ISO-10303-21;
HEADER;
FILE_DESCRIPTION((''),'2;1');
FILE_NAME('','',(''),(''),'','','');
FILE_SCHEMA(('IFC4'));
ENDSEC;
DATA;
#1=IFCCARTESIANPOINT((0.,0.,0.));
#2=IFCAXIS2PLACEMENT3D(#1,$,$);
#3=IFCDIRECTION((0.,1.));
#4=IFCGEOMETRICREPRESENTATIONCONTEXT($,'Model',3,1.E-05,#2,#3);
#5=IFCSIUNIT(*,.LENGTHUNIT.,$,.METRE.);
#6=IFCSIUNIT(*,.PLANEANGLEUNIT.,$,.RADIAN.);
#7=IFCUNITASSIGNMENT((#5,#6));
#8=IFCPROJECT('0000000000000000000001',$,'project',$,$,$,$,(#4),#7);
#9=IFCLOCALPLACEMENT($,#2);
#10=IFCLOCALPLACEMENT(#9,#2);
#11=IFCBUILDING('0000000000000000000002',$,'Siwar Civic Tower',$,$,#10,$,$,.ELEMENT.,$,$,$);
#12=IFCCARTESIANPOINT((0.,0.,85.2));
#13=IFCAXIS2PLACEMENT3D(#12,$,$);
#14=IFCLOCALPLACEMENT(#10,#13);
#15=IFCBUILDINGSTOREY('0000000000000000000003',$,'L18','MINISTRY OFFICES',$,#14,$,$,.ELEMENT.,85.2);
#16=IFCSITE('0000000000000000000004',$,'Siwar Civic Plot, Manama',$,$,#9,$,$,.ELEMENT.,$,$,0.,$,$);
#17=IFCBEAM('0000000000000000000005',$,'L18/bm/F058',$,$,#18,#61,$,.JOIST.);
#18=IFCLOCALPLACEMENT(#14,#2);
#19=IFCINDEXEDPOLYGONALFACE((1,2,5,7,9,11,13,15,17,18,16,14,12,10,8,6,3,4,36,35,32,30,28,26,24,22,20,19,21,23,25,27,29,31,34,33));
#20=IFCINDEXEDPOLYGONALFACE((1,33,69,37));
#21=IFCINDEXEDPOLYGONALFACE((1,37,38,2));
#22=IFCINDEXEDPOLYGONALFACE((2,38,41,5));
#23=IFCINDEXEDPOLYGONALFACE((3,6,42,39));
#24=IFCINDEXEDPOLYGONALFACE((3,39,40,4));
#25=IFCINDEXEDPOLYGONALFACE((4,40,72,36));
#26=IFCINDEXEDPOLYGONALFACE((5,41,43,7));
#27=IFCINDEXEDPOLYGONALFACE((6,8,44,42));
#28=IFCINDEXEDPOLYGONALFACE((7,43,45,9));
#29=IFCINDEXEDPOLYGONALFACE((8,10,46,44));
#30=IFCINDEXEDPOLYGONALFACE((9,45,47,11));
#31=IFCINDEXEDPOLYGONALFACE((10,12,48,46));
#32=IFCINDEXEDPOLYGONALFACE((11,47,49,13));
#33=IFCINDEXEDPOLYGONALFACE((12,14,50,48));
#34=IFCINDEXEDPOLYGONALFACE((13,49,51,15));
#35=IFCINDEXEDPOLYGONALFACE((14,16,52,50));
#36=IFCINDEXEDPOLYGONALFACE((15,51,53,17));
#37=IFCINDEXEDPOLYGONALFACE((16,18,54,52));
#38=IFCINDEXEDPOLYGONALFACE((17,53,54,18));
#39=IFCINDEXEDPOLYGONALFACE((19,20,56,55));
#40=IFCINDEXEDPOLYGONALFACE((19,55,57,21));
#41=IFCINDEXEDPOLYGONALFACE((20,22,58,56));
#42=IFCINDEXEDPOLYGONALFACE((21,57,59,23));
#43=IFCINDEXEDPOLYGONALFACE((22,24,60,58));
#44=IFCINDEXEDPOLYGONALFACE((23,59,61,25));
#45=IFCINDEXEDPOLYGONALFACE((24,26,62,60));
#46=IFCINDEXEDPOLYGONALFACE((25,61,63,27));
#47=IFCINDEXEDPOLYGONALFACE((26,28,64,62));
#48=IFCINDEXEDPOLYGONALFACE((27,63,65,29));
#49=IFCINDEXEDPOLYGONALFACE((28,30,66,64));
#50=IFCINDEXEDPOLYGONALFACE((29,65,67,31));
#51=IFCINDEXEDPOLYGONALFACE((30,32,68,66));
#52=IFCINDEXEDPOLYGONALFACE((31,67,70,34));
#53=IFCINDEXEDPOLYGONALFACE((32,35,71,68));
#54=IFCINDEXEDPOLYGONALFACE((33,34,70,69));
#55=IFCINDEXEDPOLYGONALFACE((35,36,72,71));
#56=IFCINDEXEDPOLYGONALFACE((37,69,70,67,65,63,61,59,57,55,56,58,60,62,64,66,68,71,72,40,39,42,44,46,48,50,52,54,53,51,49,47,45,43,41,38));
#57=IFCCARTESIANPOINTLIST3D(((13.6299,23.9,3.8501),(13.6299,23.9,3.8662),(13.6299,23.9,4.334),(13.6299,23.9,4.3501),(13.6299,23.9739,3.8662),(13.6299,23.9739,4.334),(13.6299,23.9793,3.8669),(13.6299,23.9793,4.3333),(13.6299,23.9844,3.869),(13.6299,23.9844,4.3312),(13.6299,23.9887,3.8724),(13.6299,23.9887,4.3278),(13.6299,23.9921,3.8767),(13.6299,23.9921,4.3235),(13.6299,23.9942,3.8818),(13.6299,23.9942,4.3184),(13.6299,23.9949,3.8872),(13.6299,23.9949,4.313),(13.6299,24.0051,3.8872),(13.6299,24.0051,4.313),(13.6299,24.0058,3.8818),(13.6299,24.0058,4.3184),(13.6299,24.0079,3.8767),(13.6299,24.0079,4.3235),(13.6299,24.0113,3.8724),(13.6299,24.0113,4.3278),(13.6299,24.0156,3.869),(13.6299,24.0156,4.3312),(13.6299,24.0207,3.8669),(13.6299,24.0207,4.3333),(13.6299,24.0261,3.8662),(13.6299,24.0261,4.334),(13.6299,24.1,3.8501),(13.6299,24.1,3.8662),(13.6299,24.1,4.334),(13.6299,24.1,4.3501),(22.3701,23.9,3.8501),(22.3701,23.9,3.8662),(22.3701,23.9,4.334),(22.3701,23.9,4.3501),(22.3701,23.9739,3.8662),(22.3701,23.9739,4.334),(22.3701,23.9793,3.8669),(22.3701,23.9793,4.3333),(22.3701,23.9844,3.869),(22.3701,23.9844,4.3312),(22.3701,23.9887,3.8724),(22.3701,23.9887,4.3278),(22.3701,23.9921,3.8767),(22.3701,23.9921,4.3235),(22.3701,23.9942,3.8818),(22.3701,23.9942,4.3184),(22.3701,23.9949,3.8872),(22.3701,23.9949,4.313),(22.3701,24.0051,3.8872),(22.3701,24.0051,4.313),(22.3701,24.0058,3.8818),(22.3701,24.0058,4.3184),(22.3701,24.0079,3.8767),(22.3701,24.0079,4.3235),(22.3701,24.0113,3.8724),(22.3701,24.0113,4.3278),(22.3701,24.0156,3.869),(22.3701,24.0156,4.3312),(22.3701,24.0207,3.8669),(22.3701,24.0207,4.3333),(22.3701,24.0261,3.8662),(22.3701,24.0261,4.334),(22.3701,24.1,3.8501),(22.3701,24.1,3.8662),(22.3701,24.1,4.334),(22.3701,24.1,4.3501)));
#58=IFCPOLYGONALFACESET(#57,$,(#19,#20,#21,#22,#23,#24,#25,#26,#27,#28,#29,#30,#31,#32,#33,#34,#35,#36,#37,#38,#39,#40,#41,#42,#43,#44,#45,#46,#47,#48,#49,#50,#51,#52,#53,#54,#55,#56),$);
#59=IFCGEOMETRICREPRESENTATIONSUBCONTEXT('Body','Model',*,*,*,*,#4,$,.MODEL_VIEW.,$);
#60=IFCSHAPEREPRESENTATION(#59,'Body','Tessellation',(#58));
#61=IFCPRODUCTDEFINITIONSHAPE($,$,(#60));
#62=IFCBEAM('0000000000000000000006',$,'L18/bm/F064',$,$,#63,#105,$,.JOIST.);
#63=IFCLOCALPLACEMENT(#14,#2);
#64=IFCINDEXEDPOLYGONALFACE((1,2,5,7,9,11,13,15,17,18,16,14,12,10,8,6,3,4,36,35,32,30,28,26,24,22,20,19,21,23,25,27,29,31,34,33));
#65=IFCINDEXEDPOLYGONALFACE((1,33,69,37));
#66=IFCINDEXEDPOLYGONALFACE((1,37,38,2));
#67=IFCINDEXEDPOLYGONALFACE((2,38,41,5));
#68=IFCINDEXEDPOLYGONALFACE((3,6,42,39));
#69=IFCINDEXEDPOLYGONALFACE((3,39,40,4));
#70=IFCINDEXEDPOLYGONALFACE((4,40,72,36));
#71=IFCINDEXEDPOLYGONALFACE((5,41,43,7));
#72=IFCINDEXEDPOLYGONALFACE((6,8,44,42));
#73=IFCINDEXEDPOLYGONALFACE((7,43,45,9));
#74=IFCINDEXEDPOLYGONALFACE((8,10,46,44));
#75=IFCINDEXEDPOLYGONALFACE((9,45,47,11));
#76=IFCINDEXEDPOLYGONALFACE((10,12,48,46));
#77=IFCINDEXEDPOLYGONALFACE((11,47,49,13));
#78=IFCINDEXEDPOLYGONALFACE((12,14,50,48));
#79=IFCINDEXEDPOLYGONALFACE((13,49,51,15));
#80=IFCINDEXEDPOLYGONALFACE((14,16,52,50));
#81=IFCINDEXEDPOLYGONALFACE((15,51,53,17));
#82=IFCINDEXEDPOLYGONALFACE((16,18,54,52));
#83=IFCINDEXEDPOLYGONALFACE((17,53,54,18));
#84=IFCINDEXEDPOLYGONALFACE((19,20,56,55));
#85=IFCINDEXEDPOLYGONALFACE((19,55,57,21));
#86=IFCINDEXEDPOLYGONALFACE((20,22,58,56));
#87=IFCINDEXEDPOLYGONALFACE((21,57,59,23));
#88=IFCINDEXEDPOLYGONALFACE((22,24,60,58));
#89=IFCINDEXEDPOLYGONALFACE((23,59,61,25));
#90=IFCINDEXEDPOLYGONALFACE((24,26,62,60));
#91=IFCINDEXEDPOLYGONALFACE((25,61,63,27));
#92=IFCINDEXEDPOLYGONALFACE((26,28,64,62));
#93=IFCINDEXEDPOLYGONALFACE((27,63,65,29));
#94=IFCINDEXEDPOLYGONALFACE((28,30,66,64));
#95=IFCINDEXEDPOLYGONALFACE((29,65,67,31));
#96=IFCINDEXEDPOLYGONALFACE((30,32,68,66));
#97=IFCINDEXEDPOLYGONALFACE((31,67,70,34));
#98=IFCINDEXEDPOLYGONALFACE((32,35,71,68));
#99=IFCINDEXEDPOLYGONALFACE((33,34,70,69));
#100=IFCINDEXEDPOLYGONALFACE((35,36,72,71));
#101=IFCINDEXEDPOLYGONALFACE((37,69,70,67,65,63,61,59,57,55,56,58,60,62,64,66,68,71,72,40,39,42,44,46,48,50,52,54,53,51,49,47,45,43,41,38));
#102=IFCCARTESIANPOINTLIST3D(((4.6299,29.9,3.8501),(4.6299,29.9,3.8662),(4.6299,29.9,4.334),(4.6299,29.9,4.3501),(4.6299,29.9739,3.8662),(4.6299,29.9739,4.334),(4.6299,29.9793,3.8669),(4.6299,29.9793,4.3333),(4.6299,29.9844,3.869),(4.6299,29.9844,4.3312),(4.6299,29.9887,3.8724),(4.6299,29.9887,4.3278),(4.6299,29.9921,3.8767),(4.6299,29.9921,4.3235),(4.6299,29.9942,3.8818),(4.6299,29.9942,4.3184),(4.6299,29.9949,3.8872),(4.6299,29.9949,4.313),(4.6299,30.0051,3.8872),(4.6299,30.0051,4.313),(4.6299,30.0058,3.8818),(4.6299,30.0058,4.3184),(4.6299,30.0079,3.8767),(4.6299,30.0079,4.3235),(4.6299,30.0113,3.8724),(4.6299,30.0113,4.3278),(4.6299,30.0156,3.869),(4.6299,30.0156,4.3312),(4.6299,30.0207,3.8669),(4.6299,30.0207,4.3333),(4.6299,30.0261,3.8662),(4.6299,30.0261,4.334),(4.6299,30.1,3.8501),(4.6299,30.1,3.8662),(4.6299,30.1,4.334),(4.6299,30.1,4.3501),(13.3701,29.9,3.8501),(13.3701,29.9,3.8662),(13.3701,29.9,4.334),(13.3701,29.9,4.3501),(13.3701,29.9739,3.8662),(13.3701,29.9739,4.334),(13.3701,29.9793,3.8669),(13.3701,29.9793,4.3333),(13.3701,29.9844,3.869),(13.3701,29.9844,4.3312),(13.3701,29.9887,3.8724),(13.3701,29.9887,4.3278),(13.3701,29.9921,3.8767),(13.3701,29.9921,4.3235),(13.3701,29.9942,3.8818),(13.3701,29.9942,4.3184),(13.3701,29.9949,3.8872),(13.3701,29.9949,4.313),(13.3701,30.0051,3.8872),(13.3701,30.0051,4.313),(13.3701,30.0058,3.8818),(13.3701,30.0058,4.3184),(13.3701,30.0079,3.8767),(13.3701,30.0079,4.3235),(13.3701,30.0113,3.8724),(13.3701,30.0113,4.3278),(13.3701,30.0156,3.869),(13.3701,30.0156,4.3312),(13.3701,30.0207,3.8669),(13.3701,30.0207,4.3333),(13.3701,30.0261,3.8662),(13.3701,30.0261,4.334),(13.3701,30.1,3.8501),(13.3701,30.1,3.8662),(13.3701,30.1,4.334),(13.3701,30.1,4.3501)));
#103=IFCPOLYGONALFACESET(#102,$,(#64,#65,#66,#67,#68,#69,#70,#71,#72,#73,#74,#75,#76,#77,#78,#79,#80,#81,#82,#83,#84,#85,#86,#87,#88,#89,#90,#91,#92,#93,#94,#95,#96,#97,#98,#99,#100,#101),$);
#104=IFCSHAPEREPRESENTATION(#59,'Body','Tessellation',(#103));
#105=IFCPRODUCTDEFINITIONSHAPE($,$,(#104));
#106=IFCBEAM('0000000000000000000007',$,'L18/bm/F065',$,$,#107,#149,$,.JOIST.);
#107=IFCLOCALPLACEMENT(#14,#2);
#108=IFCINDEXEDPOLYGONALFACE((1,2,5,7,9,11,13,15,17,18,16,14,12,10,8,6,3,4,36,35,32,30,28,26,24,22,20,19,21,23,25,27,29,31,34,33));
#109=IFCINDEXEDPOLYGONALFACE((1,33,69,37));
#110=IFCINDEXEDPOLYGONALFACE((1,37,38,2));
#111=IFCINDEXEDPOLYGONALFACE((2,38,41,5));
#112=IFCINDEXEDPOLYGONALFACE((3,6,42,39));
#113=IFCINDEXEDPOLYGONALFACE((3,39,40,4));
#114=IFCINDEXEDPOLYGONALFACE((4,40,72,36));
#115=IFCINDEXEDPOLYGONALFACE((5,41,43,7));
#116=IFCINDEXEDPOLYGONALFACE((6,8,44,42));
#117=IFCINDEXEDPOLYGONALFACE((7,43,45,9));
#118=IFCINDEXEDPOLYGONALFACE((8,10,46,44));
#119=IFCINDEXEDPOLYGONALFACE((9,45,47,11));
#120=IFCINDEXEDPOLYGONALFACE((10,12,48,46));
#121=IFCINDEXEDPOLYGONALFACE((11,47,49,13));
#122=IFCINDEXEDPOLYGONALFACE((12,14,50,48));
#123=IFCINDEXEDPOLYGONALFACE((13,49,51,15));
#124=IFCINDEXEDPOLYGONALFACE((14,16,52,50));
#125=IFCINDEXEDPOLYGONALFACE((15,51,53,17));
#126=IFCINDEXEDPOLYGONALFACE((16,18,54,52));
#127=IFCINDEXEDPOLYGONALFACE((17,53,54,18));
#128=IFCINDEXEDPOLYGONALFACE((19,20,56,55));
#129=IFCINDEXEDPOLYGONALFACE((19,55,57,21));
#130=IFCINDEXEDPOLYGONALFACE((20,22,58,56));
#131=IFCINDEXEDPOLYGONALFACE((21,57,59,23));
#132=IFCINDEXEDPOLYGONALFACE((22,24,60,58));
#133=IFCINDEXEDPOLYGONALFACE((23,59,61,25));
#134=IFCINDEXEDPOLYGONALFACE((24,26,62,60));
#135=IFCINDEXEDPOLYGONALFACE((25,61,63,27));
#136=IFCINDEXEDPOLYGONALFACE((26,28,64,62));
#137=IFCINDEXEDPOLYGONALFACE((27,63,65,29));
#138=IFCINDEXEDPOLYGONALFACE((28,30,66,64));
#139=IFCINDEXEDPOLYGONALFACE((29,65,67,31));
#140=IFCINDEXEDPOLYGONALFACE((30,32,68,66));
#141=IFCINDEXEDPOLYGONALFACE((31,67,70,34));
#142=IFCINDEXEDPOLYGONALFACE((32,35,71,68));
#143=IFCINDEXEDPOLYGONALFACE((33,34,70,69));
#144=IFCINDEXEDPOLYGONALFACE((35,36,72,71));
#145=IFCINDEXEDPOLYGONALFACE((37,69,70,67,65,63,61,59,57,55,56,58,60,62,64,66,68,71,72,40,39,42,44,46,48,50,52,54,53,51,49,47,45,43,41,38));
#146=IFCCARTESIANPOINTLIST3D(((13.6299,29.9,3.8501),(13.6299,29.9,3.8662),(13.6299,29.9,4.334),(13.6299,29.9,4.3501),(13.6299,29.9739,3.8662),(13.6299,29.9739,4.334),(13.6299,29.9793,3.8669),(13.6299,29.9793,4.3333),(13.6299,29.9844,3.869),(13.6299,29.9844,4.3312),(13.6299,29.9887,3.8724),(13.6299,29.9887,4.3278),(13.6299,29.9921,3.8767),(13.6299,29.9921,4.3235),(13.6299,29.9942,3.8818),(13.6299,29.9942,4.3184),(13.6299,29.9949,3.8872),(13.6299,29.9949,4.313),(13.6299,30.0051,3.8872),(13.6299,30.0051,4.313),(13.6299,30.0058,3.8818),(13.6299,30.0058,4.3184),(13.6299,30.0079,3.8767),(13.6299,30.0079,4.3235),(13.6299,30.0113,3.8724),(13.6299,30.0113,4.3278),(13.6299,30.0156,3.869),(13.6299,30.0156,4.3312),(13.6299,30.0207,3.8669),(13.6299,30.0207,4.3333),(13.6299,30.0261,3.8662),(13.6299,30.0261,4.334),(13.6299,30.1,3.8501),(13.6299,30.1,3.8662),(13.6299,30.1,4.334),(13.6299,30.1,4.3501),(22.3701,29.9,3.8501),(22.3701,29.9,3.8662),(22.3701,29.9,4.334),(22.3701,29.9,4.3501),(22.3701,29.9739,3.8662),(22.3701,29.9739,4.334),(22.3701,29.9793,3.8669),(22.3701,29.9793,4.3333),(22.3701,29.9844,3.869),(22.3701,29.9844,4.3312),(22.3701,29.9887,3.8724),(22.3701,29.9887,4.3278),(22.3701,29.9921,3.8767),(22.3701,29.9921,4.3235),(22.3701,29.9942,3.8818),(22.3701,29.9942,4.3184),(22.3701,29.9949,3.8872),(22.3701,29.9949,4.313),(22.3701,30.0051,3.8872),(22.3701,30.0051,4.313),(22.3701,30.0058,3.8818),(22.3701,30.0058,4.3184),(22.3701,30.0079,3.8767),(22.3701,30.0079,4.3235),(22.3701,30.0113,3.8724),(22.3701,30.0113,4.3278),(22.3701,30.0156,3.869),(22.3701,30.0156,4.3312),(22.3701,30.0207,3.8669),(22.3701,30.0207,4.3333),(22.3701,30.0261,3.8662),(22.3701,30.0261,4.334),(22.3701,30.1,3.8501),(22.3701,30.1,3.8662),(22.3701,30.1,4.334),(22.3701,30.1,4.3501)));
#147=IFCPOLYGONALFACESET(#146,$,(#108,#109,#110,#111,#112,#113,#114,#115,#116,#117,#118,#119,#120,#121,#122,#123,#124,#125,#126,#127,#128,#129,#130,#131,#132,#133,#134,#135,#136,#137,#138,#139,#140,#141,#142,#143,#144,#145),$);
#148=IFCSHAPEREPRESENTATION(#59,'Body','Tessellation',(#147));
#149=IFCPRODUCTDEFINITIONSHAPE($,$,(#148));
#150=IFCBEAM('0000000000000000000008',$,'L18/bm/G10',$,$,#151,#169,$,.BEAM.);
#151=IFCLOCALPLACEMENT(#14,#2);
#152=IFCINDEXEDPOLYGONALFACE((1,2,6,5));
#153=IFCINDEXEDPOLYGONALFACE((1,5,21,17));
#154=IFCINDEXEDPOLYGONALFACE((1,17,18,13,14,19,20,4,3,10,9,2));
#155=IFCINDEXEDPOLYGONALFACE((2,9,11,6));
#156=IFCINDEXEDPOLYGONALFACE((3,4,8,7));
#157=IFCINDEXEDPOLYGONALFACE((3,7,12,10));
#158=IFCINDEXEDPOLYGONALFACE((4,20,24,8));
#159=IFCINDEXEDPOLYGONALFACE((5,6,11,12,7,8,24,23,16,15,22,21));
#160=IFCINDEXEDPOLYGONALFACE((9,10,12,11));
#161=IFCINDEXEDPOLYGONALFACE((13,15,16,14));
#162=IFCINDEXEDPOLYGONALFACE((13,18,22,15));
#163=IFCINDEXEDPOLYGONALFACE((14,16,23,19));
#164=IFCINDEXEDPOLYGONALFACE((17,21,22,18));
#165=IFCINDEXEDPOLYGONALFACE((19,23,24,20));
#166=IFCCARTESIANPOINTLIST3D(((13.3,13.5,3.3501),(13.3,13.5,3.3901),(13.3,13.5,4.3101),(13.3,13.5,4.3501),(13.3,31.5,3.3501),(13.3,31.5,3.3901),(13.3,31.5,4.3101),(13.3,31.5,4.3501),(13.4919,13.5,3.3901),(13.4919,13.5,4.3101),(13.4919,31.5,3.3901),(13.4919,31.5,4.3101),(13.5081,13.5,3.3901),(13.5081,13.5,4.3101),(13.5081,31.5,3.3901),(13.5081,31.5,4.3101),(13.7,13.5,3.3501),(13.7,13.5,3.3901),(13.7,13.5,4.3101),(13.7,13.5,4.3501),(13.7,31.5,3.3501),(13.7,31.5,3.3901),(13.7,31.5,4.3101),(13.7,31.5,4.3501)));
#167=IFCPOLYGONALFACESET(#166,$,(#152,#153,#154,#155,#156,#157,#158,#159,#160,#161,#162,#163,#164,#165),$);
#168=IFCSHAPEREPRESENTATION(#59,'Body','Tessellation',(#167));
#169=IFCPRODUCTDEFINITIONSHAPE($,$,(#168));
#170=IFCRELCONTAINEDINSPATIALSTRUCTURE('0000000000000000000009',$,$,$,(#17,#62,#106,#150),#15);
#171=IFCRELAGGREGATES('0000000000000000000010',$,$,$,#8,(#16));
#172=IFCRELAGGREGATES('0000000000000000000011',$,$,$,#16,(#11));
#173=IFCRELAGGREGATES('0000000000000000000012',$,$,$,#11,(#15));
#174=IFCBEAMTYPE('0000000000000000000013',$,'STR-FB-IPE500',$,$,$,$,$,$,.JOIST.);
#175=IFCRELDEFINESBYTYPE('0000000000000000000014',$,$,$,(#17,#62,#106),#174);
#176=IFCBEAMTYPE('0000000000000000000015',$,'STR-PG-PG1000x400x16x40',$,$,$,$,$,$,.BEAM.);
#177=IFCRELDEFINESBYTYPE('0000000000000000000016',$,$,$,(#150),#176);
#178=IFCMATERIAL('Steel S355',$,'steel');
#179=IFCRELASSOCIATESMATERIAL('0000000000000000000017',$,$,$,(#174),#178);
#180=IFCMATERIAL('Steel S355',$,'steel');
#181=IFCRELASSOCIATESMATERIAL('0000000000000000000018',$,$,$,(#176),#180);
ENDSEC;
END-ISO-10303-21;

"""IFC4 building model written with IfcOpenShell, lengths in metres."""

from ifc_helpers import new_model, si_unit, direction, frame, origin, origin_2d, place, context, subcontext, project, spatial, i_section, extrude, material, material_profile, profile_set, type_object, element, save


model = new_model("IFC4")

# Units and contexts
model_context = context("Model", 3, precision=1e-05, world=origin(), true_north=direction((0.0, 1.0)))
body_context = subcontext(model_context, "Body", "Model", "MODEL_VIEW")
ifc_project = project(units=[si_unit("LENGTHUNIT", "METRE"), si_unit("PLANEANGLEUNIT", "RADIAN")], contexts=[model_context])

# Site, building, storey
site_placement = place(None, origin())
site = spatial("IfcSite", under=ifc_project, at=site_placement, Name="Siwar Civic Plot, Manama", CompositionType="ELEMENT", RefElevation=0.0)
building_placement = place(site_placement, origin())
building = spatial("IfcBuilding", under=site, at=building_placement, Name="Siwar Civic Tower", CompositionType="ELEMENT")
storey_placement = place(building_placement, frame((0.0, 0.0, 85.2)))
storey = spatial("IfcBuildingStorey", under=building, at=storey_placement, Name="L18", Description="MINISTRY OFFICES", CompositionType="ELEMENT", Elevation=85.2)

# Beams
ifc_material_1 = material(Name="Steel S355", Category="steel")
ifc_material_profile_1 = material_profile(ifc_material_1, i_section(OverallWidth=0.2, OverallDepth=0.5, WebThickness=0.0103, FlangeThickness=0.0161, FilletRadius=0.021, at=origin_2d()), Name="IPE500")
ifc_profile_set_1 = profile_set([ifc_material_profile_1], Name="Steel S355")
beam_type_1 = type_object("IfcBeamType", Name="STR-FB-IPE500", PredefinedType="JOIST", material=ifc_profile_set_1)
for number, where, z_axis, x_axis, name in (
    (1, (13.6299, 24.0, 4.1001), (1.0, 0.0, 0.0), (0.0, 1.0, 0.0), "L18/bm/F058"),
    (2, (4.6299, 30.0, 4.1001), (1.0, 0.0, 0.0), (0.0, 1.0, 0.0), "L18/bm/F064"),
    (3, (13.6299, 30.0, 4.1001), (1.0, 0.0, 0.0), (0.0, 1.0, 0.0), "L18/bm/F065"),
):
    element("IfcBeam", number, at=place(storey_placement, frame(where, z_axis=z_axis, x_axis=x_axis)), inside=storey, type_object=beam_type_1, Name=name, PredefinedType="JOIST", context=body_context, shape_type="SweptSolid", body=[
        extrude(i_section(OverallWidth=0.2, OverallDepth=0.5, WebThickness=0.0103, FlangeThickness=0.0161, FilletRadius=0.021, at=origin_2d()), origin(), (0.0, 0.0, 1.0), 8.7402),
    ])
ifc_material_2 = material(Name="Steel S355", Category="steel")
ifc_material_profile_2 = material_profile(ifc_material_2, i_section(OverallWidth=0.3999, OverallDepth=1.0, WebThickness=0.0161, FlangeThickness=0.04, at=origin_2d()), Name="PG1000x400x16x40")
ifc_profile_set_2 = profile_set([ifc_material_profile_2], Name="Steel S355")
beam_type_2 = type_object("IfcBeamType", Name="STR-PG-PG1000x400x16x40", PredefinedType="BEAM", material=ifc_profile_set_2)
beam_1_placement = place(storey_placement, frame((13.5, 13.5, 3.8501), z_axis=(0.0, 1.0, 0.0), x_axis=(-1.0, 0.0, 0.0)))
element("IfcBeam", 4, at=beam_1_placement, inside=storey, type_object=beam_type_2, Name="L18/bm/G10", PredefinedType="BEAM", context=body_context, shape_type="SweptSolid", body=[
    extrude(i_section(OverallWidth=0.3999, OverallDepth=1.0, WebThickness=0.0161, FlangeThickness=0.04, at=origin_2d()), origin(), (0.0, 0.0, 1.0), 18.0),
])

save(model, "model.ifc")
